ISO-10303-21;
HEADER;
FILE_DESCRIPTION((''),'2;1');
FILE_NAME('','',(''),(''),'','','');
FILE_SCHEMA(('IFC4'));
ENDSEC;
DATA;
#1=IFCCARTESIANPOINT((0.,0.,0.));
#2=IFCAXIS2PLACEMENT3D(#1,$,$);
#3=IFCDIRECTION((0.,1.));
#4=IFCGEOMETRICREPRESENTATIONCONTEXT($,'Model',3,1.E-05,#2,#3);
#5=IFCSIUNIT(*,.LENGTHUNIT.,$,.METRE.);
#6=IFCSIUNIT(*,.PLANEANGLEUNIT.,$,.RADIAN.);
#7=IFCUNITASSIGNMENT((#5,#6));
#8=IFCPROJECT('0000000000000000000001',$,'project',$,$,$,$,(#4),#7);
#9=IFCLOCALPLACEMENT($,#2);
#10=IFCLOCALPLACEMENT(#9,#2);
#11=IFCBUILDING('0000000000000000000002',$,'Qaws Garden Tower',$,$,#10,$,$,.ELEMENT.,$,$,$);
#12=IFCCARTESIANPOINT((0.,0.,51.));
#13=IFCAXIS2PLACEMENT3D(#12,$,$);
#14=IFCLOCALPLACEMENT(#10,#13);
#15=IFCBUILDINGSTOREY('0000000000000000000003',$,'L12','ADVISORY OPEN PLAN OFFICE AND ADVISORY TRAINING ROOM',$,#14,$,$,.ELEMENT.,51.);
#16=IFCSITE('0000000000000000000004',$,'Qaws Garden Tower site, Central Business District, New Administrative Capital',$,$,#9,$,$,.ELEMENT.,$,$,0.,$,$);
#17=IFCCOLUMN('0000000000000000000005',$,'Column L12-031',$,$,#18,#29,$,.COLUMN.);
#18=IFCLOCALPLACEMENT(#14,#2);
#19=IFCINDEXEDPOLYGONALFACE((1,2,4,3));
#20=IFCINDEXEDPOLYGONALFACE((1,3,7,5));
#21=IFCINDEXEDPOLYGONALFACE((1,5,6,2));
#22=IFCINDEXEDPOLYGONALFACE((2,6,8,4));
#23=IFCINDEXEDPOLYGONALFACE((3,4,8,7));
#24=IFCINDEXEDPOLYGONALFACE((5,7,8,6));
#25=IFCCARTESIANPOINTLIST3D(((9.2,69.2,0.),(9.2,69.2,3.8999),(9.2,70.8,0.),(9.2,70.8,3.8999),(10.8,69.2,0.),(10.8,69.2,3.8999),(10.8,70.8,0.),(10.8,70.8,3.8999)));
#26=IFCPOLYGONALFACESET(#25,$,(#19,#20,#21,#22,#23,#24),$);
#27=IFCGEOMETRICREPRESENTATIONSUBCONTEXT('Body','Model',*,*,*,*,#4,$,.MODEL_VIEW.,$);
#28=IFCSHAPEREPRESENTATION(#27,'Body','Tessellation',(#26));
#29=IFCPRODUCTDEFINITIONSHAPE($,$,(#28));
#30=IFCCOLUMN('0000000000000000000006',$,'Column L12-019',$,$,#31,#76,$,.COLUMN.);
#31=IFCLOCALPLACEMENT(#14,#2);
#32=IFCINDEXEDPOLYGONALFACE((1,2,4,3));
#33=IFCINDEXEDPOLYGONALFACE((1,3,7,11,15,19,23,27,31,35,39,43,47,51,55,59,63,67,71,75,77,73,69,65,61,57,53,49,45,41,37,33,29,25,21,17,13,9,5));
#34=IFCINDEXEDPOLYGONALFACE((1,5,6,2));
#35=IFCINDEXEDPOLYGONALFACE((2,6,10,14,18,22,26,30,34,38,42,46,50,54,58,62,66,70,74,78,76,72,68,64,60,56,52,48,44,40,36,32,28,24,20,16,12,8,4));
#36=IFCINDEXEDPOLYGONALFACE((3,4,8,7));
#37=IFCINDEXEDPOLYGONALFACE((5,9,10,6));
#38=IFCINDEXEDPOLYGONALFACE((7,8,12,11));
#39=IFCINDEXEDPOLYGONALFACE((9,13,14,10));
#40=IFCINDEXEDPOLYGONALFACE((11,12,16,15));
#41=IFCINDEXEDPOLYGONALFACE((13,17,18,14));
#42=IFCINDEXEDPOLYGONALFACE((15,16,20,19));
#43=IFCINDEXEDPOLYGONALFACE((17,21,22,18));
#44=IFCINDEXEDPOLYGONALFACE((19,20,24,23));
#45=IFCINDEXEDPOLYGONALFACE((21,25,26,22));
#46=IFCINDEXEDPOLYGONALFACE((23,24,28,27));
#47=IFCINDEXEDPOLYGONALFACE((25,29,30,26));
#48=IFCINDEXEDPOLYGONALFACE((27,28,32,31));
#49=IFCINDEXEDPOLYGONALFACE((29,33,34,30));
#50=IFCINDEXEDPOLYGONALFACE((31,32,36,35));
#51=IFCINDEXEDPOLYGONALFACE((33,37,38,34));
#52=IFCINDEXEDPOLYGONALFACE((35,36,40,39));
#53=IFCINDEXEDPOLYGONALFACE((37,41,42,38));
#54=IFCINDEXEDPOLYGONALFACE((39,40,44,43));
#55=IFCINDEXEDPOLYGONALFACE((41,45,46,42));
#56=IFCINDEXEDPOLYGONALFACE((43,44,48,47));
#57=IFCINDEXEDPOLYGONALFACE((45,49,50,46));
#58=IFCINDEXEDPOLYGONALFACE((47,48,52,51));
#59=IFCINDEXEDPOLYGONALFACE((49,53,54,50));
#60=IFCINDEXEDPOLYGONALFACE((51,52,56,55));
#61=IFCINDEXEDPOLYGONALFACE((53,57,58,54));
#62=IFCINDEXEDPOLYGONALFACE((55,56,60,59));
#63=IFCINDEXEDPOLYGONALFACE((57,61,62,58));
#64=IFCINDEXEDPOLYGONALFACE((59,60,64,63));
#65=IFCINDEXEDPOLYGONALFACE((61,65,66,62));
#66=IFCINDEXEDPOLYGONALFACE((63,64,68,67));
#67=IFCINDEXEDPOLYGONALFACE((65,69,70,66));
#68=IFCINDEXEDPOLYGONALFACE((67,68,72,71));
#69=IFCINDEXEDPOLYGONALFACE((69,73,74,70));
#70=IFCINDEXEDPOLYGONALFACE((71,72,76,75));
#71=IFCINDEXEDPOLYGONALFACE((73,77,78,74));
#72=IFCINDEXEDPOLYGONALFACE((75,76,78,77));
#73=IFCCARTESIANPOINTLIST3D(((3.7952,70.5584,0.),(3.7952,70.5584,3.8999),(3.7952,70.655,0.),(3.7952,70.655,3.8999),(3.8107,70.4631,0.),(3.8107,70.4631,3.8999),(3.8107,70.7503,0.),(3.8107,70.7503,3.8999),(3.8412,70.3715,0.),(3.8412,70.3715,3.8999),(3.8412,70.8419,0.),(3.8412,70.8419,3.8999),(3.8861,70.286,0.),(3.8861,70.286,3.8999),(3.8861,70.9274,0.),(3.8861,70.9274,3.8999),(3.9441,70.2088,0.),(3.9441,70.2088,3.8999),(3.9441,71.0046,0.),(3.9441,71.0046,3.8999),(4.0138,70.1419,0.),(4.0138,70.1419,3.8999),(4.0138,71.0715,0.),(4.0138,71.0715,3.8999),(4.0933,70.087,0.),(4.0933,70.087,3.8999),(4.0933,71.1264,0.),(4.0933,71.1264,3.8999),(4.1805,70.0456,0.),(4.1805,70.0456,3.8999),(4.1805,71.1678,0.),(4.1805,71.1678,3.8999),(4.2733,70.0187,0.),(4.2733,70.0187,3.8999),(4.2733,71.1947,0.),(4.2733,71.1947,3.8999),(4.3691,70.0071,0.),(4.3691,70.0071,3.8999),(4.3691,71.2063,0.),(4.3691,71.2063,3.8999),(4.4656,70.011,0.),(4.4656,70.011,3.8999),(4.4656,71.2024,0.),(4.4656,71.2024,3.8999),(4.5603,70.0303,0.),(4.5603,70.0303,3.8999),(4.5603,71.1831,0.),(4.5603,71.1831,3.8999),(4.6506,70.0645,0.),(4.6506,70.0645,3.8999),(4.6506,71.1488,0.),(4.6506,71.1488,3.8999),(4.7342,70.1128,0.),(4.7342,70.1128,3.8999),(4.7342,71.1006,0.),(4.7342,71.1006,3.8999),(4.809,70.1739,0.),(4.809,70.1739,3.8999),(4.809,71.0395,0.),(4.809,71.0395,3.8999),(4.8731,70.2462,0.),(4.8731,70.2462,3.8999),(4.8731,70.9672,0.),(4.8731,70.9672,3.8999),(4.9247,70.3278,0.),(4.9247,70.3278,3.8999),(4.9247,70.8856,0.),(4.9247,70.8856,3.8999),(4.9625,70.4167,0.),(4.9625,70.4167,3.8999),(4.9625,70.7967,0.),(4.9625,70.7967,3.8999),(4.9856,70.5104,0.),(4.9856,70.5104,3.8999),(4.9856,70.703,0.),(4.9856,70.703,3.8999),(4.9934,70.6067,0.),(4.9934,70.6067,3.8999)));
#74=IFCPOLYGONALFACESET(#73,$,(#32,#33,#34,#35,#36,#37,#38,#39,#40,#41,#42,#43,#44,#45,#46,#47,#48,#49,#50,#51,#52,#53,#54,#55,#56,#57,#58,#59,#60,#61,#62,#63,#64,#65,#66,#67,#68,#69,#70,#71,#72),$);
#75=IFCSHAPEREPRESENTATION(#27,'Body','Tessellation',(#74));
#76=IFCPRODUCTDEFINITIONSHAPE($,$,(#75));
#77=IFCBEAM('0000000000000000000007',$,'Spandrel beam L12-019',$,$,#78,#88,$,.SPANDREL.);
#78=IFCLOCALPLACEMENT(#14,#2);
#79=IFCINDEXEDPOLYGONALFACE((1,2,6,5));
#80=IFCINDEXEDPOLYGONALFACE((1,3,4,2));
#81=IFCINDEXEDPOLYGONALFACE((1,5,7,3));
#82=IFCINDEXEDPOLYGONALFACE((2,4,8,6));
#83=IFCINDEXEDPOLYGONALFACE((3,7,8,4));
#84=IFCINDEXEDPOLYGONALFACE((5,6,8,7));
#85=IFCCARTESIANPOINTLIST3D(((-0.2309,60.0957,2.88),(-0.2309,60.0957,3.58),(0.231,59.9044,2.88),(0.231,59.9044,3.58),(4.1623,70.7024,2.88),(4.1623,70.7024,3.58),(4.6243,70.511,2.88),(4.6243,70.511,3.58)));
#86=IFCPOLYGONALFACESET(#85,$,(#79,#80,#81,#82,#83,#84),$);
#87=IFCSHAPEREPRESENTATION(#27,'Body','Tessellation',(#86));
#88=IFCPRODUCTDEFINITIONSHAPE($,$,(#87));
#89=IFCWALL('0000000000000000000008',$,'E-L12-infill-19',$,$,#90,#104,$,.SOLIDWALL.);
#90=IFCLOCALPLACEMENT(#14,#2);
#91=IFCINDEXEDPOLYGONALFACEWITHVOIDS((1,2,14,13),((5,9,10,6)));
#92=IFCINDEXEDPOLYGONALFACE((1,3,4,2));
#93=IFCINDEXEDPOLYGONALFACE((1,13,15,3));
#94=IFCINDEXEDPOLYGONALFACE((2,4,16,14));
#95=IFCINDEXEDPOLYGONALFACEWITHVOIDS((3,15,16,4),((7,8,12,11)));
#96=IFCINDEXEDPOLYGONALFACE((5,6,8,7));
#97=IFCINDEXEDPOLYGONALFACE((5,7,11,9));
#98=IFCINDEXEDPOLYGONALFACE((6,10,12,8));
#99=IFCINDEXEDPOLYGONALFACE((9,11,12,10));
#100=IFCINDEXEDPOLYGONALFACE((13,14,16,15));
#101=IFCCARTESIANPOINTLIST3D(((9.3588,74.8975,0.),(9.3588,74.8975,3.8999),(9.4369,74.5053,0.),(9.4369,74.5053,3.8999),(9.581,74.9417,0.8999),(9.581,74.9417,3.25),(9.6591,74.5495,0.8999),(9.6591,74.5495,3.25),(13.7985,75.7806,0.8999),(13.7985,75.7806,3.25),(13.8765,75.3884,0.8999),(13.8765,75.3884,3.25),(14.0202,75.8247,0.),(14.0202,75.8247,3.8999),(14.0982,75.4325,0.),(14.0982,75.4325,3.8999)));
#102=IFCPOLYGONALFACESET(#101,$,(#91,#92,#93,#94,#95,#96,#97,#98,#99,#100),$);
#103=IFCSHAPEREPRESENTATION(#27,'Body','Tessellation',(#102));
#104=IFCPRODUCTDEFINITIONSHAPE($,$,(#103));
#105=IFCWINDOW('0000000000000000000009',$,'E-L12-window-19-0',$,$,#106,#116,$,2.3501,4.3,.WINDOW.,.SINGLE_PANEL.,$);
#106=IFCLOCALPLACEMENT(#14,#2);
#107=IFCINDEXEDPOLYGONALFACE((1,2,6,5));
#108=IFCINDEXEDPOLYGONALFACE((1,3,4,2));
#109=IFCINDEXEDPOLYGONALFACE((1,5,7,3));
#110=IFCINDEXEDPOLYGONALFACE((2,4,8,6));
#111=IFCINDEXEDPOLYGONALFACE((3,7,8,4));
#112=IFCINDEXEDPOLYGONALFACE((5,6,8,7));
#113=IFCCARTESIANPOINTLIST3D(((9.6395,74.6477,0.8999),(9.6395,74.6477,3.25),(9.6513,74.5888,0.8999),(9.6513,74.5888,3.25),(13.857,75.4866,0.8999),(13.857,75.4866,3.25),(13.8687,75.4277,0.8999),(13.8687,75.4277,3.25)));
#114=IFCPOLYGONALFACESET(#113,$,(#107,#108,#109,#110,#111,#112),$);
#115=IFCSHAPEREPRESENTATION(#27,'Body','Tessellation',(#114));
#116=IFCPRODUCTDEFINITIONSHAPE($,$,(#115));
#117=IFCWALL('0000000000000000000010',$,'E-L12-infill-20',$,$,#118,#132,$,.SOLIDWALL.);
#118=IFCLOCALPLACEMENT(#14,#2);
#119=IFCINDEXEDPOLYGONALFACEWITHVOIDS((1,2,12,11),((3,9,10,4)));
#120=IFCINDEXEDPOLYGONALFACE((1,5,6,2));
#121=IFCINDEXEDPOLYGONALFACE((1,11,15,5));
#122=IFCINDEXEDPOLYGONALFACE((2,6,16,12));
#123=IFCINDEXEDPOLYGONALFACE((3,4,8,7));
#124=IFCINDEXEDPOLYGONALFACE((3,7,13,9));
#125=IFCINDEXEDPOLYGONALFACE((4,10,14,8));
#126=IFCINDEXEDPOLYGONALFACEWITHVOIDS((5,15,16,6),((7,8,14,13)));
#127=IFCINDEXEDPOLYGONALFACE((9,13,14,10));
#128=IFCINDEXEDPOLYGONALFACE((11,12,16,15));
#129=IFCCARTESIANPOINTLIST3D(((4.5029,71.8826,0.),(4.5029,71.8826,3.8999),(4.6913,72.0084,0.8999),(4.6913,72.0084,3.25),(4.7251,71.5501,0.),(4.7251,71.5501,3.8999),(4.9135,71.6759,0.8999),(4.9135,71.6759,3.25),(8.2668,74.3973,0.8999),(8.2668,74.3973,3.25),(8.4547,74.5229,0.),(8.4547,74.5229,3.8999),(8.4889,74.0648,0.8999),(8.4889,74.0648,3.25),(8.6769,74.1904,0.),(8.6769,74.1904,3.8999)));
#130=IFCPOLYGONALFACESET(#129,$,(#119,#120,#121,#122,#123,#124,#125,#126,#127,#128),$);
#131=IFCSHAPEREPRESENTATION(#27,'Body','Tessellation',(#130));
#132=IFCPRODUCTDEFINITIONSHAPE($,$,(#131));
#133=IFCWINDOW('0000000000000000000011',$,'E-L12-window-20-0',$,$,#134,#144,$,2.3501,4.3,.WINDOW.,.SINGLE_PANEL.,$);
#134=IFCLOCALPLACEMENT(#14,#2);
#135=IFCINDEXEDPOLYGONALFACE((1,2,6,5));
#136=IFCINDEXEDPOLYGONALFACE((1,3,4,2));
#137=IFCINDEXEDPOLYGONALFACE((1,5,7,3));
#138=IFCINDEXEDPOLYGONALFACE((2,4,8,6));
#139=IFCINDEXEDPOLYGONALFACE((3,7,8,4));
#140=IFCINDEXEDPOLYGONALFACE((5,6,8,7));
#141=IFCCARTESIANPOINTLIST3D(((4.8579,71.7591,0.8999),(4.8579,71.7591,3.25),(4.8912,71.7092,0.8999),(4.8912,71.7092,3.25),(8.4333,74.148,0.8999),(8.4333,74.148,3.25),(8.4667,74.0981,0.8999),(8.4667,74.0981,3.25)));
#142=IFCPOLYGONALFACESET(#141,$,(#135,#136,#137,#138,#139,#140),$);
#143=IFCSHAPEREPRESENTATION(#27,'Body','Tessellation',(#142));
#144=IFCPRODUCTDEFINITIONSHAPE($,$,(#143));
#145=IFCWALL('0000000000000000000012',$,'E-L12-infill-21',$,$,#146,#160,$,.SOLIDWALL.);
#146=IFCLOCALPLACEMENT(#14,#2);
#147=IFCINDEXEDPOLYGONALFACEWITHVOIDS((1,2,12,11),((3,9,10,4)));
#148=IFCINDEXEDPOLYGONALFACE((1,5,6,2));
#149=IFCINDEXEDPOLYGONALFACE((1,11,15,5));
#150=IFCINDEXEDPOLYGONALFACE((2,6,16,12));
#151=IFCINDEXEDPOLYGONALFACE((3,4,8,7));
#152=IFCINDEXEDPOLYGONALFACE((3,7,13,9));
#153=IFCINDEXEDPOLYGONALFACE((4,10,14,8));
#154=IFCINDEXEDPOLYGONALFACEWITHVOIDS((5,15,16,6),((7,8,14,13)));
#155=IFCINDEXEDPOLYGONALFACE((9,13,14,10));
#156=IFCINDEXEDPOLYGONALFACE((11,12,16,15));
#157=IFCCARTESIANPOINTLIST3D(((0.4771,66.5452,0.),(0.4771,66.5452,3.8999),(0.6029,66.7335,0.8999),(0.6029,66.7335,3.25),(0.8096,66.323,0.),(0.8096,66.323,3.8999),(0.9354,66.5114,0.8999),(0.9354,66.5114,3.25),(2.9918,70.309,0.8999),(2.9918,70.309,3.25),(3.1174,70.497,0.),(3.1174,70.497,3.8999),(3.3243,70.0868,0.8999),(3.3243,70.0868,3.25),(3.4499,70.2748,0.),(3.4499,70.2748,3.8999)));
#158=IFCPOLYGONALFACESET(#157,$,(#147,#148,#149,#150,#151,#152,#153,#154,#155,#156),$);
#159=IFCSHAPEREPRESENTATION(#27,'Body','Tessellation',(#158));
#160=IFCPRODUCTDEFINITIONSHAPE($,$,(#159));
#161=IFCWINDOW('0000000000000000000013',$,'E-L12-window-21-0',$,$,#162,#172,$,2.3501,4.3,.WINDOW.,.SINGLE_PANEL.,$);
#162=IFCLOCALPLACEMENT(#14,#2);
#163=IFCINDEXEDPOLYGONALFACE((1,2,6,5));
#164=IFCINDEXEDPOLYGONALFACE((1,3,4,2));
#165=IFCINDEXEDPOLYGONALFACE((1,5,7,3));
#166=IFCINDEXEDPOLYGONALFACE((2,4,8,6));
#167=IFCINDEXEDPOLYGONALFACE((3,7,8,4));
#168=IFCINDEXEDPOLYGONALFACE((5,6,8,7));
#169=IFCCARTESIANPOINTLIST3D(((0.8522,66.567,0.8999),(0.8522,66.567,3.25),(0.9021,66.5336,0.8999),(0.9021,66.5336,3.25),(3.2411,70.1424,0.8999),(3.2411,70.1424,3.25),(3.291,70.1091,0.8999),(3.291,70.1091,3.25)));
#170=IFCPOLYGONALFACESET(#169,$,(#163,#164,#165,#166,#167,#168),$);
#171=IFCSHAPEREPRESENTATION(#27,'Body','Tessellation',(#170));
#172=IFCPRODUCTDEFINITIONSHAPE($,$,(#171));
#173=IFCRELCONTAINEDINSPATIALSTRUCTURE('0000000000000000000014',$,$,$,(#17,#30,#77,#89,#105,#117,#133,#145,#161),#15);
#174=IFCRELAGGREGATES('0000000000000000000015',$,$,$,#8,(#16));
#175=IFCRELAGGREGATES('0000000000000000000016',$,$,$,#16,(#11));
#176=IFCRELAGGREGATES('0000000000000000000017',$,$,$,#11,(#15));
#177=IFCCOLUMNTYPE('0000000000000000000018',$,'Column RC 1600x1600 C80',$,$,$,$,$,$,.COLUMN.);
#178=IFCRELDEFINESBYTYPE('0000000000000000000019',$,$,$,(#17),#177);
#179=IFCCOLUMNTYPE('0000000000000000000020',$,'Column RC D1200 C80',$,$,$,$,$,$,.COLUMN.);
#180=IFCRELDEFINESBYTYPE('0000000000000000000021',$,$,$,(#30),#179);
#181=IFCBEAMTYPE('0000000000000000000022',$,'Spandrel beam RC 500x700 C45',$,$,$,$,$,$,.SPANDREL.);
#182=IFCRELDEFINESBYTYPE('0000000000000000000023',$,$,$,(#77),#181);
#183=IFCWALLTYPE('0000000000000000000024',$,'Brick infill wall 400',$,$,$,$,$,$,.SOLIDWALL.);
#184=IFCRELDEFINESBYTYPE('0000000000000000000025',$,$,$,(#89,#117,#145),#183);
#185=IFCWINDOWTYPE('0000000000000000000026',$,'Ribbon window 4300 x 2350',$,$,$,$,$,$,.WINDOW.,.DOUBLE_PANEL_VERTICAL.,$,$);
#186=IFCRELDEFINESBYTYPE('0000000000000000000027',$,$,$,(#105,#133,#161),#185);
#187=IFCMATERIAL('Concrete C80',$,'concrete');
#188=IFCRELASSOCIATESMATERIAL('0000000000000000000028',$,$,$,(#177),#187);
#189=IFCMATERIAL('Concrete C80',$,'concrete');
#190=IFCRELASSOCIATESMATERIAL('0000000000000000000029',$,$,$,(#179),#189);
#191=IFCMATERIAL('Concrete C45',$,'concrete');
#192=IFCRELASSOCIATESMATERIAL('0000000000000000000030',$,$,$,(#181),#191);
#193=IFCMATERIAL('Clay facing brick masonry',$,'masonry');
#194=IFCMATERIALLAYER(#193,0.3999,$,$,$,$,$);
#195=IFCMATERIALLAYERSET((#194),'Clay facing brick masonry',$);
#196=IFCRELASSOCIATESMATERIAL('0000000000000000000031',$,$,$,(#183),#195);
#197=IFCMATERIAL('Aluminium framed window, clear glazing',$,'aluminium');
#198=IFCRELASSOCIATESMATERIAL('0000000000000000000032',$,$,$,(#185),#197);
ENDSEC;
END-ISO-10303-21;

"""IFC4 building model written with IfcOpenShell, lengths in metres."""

from ifc_helpers import new_model, si_unit, direction, frame, frame_2d, origin, origin_2d, place, context, subcontext, project, spatial, rectangle, circle, extrude, material, layer, layer_set, material_profile, profile_set, type_object, element, fill, save


model = new_model("IFC4")

# Units and contexts
model_context = context("Model", 3, precision=1e-05, world=origin(), true_north=direction((0.0, 1.0)))
body_context = subcontext(model_context, "Body", "Model", "MODEL_VIEW")
ifc_project = project(units=[si_unit("LENGTHUNIT", "METRE"), si_unit("PLANEANGLEUNIT", "RADIAN")], contexts=[model_context])

# Site, building, storey
site_placement = place(None, origin())
site = spatial("IfcSite", under=ifc_project, at=site_placement, Name="Qaws Garden Tower site, Central Business District, New Administrative Capital", CompositionType="ELEMENT", RefElevation=0.0)
building_placement = place(site_placement, origin())
building = spatial("IfcBuilding", under=site, at=building_placement, Name="Qaws Garden Tower", CompositionType="ELEMENT")
storey_placement = place(building_placement, frame((0.0, 0.0, 51.0)))
storey = spatial("IfcBuildingStorey", under=building, at=storey_placement, Name="L12", Description="ADVISORY OPEN PLAN OFFICE AND ADVISORY TRAINING ROOM", CompositionType="ELEMENT", Elevation=51.0)

# Columns
ifc_material_1 = material(Name="Concrete C80", Category="concrete")
ifc_material_profile_1 = material_profile(ifc_material_1, rectangle(XDim=1.6001, YDim=1.6001, at=origin_2d()), Name="RC 1600x1600")
ifc_profile_set_1 = profile_set([ifc_material_profile_1], Name="Concrete C80")
column_type_1 = type_object("IfcColumnType", Name="Column RC 1600x1600 C80", PredefinedType="COLUMN", material=ifc_profile_set_1)
column_1_placement = place(storey_placement, frame((10.0, 70.0, 0.0), z_axis=(0.0, 0.0, 1.0), x_axis=(1.0, 0.0, 0.0)))
element("IfcColumn", 1, at=column_1_placement, inside=storey, type_object=column_type_1, Name="Column L12-031", PredefinedType="COLUMN", context=body_context, shape_type="SweptSolid", body=[
    extrude(rectangle(XDim=1.6001, YDim=1.6001, at=origin_2d()), origin(), (0.0, 0.0, 1.0), 3.8999),
])
ifc_material_2 = material(Name="Concrete C80", Category="concrete")
ifc_material_profile_2 = material_profile(ifc_material_2, circle(Radius=0.6001, at=origin_2d()), Name="RC D1200")
ifc_profile_set_2 = profile_set([ifc_material_profile_2], Name="Concrete C80")
column_type_2 = type_object("IfcColumnType", Name="Column RC D1200 C80", PredefinedType="COLUMN", material=ifc_profile_set_2)
column_2_placement = place(storey_placement, frame((4.3933, 70.6067, 0.0), z_axis=(0.0, 0.0, 1.0), x_axis=(1.0, 0.0, 0.0)))
element("IfcColumn", 2, at=column_2_placement, inside=storey, type_object=column_type_2, Name="Column L12-019", PredefinedType="COLUMN", context=body_context, shape_type="SweptSolid", body=[
    extrude(circle(Radius=0.6001, at=origin_2d()), origin(), (0.0, 0.0, 1.0), 3.8999),
])

# Beam
ifc_material_3 = material(Name="Concrete C45", Category="concrete")
ifc_material_profile_3 = material_profile(ifc_material_3, rectangle(XDim=0.5, YDim=0.7, at=origin_2d()), Name="RC 500x700")
ifc_profile_set_3 = profile_set([ifc_material_profile_3], Name="Concrete C45")
beam_type = type_object("IfcBeamType", Name="Spandrel beam RC 500x700 C45", PredefinedType="SPANDREL", material=ifc_profile_set_3)
beam_placement = place(storey_placement, frame((4.3933, 70.6067, 3.23), z_axis=(-0.382674, -0.923883, 0.0), x_axis=(0.923883, -0.382674, 0.0)))
element("IfcBeam", 3, at=beam_placement, inside=storey, type_object=beam_type, Name="Spandrel beam L12-019", PredefinedType="SPANDREL", context=body_context, shape_type="SweptSolid", body=[
    extrude(rectangle(XDim=0.5, YDim=0.7, at=origin_2d()), origin(), (0.0, 0.0, 1.0), 11.4805),
])

# Walls, openings, windows
ifc_material_4 = material(Name="Clay facing brick masonry", Category="masonry")
ifc_layer_1 = layer(ifc_material_4, 0.3999)
ifc_layer_set_1 = layer_set([ifc_layer_1], Name="Clay facing brick masonry")
wall_type_1 = type_object("IfcWallType", Name="Brick infill wall 400", PredefinedType="SOLIDWALL", material=ifc_layer_set_1)
wall_1_placement = place(storey_placement, frame((14.0593, 75.6287, 0.0), z_axis=(0.0, 0.0, 1.0), x_axis=(-0.980784, -0.195099, 0.0)))
wall_1 = element("IfcWall", 4, at=wall_1_placement, inside=storey, type_object=wall_type_1, Name="E-L12-infill-19", PredefinedType="SOLIDWALL", context=body_context, shape_type="SweptSolid", body=[
    extrude(rectangle(XDim=4.7527, YDim=0.3999, at=frame_2d((2.3765, 0.0))), origin(), (0.0, 0.0, 1.0), 3.8999),
])
opening_1_placement = place(wall_1_placement, frame((0.2263, 0.0, 0.8999)))
opening_1 = element("IfcOpeningElement", 5, at=opening_1_placement, cuts=wall_1, PredefinedType="OPENING", context=body_context, shape_type="SweptSolid", body=[
    extrude(rectangle(XDim=4.3, YDim=2.3501, at=frame_2d((2.1499, 1.175))), frame((0.0, 0.21, 0.0), z_axis=(0.0, -1.0, 0.0), x_axis=(1.0, 0.0, 0.0)), (0.0, 0.0, 1.0), 0.4199),
])
ifc_material_5 = material(Name="Aluminium framed window, clear glazing", Category="aluminium")
window_type = type_object("IfcWindowType", Name="Ribbon window 4300 x 2350", PartitioningType="DOUBLE_PANEL_VERTICAL", PredefinedType="WINDOW", material=ifc_material_5)
window_1_placement = place(opening_1_placement, origin())
window_1 = element("IfcWindow", 6, at=window_1_placement, inside=storey, type_object=window_type, Name="E-L12-window-19-0", OverallHeight=2.3501, OverallWidth=4.3, PartitioningType="SINGLE_PANEL", PredefinedType="WINDOW", context=body_context, shape_type="SweptSolid", body=[
    extrude(rectangle(XDim=4.3, YDim=2.3501, at=frame_2d((2.1499, 1.175))), frame((0.0, 0.1599, 0.0), z_axis=(0.0, -1.0, 0.0), x_axis=(1.0, 0.0, 0.0)), (0.0, 0.0, 1.0), 0.0601),
])
fill(opening_1, window_1)
wall_2_placement = place(storey_placement, frame((8.5659, 74.3567, 0.0), z_axis=(0.0, 0.0, 1.0), x_axis=(-0.831489, -0.555542, 0.0)))
wall_2 = element("IfcWall", 7, at=wall_2_placement, inside=storey, type_object=wall_type_1, Name="E-L12-infill-20", PredefinedType="SOLIDWALL", context=body_context, shape_type="SweptSolid", body=[
    extrude(rectangle(XDim=4.7527, YDim=0.3999, at=frame_2d((2.3765, 0.0))), origin(), (0.0, 0.0, 1.0), 3.8999),
])
opening_2_placement = place(wall_2_placement, frame((0.2263, 0.0, 0.8999)))
opening_2 = element("IfcOpeningElement", 8, at=opening_2_placement, cuts=wall_2, PredefinedType="OPENING", context=body_context, shape_type="SweptSolid", body=[
    extrude(rectangle(XDim=4.3, YDim=2.3501, at=frame_2d((2.1499, 1.175))), frame((0.0, 0.21, 0.0), z_axis=(0.0, -1.0, 0.0), x_axis=(1.0, 0.0, 0.0)), (0.0, 0.0, 1.0), 0.4199),
])
window_2_placement = place(opening_2_placement, origin())
window_2 = element("IfcWindow", 9, at=window_2_placement, inside=storey, type_object=window_type, Name="E-L12-window-20-0", OverallHeight=2.3501, OverallWidth=4.3, PartitioningType="SINGLE_PANEL", PredefinedType="WINDOW", context=body_context, shape_type="SweptSolid", body=[
    extrude(rectangle(XDim=4.3, YDim=2.3501, at=frame_2d((2.1499, 1.175))), frame((0.0, 0.1599, 0.0), z_axis=(0.0, -1.0, 0.0), x_axis=(1.0, 0.0, 0.0)), (0.0, 0.0, 1.0), 0.0601),
])
fill(opening_2, window_2)
wall_3_placement = place(storey_placement, frame((3.2837, 70.386, 0.0), z_axis=(0.0, 0.0, 1.0), x_axis=(-0.555542, -0.831489, 0.0)))
wall_3 = element("IfcWall", 10, at=wall_3_placement, inside=storey, type_object=wall_type_1, Name="E-L12-infill-21", PredefinedType="SOLIDWALL", context=body_context, shape_type="SweptSolid", body=[
    extrude(rectangle(XDim=4.7527, YDim=0.3999, at=frame_2d((2.3765, 0.0))), origin(), (0.0, 0.0, 1.0), 3.8999),
])
opening_3_placement = place(wall_3_placement, frame((0.2263, 0.0, 0.8999)))
opening_3 = element("IfcOpeningElement", 11, at=opening_3_placement, cuts=wall_3, PredefinedType="OPENING", context=body_context, shape_type="SweptSolid", body=[
    extrude(rectangle(XDim=4.3, YDim=2.3501, at=frame_2d((2.1499, 1.175))), frame((0.0, 0.21, 0.0), z_axis=(0.0, -1.0, 0.0), x_axis=(1.0, 0.0, 0.0)), (0.0, 0.0, 1.0), 0.4199),
])
window_3_placement = place(opening_3_placement, origin())
window_3 = element("IfcWindow", 12, at=window_3_placement, inside=storey, type_object=window_type, Name="E-L12-window-21-0", OverallHeight=2.3501, OverallWidth=4.3, PartitioningType="SINGLE_PANEL", PredefinedType="WINDOW", context=body_context, shape_type="SweptSolid", body=[
    extrude(rectangle(XDim=4.3, YDim=2.3501, at=frame_2d((2.1499, 1.175))), frame((0.0, 0.1599, 0.0), z_axis=(0.0, -1.0, 0.0), x_axis=(1.0, 0.0, 0.0)), (0.0, 0.0, 1.0), 0.0601),
])
fill(opening_3, window_3)

save(model, "model.ifc")
